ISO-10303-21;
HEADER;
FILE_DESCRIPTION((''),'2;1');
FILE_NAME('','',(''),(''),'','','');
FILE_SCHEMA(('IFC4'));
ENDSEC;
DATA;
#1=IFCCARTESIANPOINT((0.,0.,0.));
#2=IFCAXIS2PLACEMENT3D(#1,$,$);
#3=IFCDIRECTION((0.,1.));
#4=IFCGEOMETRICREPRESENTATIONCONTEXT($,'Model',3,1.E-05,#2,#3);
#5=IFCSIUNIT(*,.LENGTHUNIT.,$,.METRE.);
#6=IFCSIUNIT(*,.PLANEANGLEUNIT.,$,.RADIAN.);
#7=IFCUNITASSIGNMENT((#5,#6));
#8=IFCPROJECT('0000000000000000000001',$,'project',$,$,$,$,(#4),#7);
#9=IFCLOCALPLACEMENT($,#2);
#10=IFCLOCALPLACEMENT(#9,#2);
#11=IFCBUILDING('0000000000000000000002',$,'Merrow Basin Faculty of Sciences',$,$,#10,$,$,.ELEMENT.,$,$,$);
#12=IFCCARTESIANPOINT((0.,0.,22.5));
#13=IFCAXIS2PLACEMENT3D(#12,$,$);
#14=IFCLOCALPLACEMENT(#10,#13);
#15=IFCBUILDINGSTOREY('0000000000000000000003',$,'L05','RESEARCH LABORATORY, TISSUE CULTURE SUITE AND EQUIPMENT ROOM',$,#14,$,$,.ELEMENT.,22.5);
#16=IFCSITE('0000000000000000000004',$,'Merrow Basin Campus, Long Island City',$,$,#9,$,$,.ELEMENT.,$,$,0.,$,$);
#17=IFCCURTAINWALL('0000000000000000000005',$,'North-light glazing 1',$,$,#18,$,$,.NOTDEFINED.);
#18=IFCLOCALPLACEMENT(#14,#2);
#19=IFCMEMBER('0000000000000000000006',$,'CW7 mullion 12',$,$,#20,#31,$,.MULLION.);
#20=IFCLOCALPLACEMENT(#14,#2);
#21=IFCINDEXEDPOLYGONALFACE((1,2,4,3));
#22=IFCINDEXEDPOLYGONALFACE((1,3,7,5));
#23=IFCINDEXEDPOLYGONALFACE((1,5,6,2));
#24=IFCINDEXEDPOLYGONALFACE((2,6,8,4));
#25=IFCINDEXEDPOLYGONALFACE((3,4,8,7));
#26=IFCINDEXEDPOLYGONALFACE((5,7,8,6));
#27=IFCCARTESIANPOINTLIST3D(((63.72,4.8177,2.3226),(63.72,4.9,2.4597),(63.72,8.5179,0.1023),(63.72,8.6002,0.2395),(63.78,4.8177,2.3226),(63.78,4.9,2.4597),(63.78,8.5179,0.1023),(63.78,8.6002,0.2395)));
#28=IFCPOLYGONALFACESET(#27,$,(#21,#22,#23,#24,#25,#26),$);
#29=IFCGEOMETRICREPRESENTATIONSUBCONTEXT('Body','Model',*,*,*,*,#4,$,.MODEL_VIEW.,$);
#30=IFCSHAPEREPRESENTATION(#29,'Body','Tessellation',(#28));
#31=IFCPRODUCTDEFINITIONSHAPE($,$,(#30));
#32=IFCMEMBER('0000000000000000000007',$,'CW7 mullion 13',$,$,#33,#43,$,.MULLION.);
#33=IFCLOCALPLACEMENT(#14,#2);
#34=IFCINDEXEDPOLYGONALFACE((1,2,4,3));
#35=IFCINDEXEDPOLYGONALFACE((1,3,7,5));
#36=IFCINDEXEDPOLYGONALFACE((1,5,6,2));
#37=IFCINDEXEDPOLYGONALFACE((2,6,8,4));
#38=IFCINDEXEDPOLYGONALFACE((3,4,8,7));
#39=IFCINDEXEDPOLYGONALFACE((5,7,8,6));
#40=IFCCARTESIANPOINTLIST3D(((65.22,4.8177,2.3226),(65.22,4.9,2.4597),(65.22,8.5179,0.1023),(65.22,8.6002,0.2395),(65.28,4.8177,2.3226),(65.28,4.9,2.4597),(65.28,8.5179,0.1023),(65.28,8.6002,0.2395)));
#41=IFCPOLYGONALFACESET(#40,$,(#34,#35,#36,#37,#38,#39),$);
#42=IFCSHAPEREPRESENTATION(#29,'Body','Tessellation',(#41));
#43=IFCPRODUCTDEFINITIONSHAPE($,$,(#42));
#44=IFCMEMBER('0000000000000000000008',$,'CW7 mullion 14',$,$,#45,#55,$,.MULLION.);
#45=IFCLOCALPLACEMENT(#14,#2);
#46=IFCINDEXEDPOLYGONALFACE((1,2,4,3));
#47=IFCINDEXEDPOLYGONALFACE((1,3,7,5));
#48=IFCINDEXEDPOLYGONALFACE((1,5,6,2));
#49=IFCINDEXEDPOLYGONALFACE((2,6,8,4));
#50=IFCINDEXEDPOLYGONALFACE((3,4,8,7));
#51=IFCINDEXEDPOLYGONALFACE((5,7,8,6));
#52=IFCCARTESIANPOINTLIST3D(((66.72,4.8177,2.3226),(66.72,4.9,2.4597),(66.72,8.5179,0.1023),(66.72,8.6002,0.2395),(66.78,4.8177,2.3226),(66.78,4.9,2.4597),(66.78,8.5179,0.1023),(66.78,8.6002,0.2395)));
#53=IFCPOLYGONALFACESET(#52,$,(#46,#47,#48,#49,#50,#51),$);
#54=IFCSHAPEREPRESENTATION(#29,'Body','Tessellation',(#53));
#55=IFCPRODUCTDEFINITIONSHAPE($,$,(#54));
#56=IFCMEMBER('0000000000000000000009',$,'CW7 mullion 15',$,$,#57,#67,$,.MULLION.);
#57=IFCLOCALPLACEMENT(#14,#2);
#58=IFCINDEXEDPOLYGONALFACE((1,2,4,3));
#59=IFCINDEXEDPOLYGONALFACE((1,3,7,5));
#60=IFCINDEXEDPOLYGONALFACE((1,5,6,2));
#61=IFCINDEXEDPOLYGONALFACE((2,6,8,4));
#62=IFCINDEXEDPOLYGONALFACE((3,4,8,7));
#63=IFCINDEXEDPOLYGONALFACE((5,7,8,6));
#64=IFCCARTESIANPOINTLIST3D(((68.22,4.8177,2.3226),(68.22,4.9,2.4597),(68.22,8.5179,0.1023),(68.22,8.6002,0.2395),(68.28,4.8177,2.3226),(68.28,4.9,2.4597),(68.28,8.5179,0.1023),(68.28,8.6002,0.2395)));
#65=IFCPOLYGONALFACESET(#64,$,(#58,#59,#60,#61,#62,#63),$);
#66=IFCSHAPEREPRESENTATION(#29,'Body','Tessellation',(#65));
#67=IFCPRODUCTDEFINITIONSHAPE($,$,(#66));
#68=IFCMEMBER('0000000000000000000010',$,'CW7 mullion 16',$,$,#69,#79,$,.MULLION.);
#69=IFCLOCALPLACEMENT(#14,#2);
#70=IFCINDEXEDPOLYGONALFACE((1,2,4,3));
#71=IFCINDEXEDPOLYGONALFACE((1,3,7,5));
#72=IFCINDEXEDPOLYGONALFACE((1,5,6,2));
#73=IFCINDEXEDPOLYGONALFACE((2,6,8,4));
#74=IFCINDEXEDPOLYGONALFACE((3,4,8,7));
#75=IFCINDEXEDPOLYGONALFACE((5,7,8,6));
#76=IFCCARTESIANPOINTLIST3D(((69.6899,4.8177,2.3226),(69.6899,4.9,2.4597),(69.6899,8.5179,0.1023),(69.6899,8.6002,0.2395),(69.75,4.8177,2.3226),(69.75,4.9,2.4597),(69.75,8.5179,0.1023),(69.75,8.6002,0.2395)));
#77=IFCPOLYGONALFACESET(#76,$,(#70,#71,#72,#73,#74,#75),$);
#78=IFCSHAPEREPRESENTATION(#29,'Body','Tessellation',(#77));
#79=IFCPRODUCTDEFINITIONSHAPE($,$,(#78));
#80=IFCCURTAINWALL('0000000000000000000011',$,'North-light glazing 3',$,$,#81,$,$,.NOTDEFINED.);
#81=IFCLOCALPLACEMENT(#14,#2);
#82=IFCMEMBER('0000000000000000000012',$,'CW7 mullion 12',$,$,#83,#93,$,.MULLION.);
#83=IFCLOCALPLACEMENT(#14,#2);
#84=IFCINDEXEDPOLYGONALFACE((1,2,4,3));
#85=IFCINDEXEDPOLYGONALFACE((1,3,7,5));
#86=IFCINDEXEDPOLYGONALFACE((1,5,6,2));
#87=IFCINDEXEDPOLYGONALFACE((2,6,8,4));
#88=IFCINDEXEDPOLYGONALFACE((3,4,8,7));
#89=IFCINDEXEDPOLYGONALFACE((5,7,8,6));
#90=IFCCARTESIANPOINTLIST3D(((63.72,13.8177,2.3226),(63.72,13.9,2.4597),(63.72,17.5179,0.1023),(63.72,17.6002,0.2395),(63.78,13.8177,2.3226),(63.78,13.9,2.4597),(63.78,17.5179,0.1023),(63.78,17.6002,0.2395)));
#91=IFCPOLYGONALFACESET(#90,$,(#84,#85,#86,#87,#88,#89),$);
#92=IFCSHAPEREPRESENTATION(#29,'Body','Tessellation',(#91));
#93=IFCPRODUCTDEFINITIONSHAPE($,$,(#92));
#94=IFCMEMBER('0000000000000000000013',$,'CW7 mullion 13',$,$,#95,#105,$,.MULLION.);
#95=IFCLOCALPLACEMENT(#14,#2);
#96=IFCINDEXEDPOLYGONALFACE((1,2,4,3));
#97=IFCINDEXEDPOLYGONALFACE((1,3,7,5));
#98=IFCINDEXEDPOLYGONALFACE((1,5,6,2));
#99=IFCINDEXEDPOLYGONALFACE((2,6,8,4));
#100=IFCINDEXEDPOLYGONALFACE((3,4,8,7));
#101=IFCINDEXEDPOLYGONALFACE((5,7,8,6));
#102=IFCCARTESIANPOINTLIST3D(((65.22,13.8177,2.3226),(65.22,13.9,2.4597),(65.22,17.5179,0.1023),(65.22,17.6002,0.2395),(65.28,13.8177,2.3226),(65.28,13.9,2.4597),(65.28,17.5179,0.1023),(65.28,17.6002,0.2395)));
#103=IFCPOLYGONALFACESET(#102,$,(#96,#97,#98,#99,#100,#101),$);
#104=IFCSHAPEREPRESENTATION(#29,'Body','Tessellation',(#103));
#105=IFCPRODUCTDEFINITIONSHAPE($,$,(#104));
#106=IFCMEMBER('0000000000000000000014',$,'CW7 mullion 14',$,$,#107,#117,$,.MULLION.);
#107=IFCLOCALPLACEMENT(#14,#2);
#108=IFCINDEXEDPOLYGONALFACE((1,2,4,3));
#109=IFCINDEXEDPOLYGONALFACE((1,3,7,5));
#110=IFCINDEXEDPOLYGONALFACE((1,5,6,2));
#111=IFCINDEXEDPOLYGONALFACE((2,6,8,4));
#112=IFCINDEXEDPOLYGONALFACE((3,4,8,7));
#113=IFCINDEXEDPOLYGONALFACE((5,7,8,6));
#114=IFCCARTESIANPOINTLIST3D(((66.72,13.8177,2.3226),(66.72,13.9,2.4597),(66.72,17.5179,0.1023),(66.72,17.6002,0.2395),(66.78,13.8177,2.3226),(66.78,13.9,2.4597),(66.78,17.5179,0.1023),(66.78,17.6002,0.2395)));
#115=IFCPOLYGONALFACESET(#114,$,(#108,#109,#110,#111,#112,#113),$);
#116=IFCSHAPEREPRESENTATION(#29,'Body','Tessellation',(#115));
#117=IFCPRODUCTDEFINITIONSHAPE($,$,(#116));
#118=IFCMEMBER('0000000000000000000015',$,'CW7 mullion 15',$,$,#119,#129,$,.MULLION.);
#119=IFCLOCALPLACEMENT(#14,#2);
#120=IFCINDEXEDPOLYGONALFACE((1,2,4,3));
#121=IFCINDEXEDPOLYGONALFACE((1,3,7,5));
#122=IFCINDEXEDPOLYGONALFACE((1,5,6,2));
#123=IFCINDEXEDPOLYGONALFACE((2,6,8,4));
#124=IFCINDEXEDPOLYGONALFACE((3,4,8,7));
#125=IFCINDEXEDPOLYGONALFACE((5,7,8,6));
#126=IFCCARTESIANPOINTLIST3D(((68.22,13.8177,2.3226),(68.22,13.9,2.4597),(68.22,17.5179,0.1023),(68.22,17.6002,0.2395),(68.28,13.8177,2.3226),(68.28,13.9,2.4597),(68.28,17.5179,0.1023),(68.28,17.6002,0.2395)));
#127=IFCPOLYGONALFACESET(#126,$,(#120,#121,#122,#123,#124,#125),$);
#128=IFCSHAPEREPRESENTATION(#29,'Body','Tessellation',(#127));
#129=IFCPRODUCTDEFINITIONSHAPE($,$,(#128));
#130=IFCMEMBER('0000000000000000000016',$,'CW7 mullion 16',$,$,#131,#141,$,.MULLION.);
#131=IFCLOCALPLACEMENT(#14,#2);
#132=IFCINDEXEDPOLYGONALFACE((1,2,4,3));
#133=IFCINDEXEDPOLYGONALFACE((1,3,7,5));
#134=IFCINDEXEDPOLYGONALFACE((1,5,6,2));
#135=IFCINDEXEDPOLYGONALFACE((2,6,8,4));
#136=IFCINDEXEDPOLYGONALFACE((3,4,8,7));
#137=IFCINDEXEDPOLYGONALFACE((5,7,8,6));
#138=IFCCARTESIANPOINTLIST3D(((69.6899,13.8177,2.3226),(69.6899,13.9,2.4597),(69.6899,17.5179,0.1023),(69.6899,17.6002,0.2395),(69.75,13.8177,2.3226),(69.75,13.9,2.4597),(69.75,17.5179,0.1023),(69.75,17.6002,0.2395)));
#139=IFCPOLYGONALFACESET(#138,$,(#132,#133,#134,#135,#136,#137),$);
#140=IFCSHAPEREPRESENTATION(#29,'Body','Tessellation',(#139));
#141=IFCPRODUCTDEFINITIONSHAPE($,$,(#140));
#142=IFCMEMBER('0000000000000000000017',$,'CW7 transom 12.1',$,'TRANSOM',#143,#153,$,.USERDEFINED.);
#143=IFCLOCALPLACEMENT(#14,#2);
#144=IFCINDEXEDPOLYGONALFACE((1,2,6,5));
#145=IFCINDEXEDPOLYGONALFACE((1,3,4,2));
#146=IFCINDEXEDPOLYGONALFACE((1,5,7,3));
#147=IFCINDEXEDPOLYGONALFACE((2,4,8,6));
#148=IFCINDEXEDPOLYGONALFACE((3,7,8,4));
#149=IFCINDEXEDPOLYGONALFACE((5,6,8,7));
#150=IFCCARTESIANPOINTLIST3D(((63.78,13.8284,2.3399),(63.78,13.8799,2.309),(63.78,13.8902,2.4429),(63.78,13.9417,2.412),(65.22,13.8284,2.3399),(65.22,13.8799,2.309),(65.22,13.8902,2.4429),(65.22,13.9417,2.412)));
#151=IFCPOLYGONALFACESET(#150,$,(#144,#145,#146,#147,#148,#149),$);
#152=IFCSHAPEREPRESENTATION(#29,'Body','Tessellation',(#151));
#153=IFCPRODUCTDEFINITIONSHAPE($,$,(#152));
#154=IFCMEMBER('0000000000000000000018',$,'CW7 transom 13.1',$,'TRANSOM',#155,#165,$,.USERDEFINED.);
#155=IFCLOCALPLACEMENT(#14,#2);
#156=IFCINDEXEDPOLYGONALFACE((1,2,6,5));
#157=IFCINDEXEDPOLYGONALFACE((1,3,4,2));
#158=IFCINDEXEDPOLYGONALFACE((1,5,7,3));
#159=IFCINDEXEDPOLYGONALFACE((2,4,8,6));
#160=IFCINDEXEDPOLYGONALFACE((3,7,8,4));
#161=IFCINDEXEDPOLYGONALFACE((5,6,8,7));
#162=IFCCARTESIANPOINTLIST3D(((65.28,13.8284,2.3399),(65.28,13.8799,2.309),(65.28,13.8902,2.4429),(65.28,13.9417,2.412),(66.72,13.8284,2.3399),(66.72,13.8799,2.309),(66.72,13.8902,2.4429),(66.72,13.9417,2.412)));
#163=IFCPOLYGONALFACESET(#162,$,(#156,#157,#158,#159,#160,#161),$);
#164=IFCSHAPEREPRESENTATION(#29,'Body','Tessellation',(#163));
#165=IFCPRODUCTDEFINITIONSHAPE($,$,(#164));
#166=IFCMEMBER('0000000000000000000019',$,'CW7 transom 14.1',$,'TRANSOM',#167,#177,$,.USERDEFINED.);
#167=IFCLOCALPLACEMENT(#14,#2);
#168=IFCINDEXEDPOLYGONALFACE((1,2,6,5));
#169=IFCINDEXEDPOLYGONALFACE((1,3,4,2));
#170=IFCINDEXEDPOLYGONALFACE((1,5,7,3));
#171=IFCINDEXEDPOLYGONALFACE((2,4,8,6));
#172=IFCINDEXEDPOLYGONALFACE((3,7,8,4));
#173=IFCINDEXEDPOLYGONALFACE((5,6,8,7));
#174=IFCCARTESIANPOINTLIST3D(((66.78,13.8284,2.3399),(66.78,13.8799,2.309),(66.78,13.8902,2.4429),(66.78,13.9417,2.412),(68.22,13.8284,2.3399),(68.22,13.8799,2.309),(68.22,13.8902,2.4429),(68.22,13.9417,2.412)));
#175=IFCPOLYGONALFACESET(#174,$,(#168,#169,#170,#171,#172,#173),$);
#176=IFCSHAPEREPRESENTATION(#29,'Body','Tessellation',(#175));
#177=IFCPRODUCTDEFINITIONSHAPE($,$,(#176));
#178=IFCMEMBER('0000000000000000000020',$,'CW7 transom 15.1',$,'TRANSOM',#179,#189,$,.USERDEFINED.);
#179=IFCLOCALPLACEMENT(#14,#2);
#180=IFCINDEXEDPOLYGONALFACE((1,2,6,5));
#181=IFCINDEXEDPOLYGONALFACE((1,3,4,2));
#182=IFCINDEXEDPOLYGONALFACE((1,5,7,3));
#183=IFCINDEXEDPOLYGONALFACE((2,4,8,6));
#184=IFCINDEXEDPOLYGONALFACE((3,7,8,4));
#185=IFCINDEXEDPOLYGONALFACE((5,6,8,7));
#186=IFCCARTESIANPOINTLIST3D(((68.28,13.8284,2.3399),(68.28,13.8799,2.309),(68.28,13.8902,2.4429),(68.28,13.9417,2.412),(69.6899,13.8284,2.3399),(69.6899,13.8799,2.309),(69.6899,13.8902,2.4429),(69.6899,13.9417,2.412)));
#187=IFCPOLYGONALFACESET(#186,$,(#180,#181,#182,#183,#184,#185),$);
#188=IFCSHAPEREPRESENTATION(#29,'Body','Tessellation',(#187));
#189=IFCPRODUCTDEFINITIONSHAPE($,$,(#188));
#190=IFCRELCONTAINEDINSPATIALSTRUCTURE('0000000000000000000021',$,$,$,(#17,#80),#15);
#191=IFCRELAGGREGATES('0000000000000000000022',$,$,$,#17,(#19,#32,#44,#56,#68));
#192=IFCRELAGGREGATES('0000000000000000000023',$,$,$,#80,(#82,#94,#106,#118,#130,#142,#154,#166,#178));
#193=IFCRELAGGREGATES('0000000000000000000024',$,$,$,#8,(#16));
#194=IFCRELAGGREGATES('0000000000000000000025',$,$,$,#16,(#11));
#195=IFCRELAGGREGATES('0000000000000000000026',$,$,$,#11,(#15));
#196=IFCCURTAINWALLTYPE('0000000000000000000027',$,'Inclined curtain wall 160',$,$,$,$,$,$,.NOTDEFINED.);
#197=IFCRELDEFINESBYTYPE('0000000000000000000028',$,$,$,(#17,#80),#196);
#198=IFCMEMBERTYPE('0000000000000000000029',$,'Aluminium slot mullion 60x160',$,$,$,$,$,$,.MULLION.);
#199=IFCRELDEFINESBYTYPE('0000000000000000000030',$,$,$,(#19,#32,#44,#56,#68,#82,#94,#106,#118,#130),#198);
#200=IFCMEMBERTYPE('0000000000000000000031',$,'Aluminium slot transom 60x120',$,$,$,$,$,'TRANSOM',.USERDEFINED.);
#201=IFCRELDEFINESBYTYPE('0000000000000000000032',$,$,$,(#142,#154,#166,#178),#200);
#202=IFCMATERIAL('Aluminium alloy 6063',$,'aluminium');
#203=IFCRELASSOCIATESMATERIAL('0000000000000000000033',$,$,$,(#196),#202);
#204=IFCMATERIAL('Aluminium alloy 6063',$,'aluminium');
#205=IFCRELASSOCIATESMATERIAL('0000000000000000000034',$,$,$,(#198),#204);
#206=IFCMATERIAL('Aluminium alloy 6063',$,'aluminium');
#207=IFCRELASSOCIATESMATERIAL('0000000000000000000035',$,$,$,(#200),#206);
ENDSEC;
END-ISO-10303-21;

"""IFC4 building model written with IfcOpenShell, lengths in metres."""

from ifc_helpers import new_model, si_unit, direction, frame, origin, origin_2d, place, context, subcontext, project, spatial, rectangle, extrude, material, material_profile, profile_set, type_object, element, aggregate, save


model = new_model("IFC4")

# Units and contexts
model_context = context("Model", 3, precision=1e-05, world=origin(), true_north=direction((0.0, 1.0)))
body_context = subcontext(model_context, "Body", "Model", "MODEL_VIEW")
ifc_project = project(units=[si_unit("LENGTHUNIT", "METRE"), si_unit("PLANEANGLEUNIT", "RADIAN")], contexts=[model_context])

# Site, building, storey
site_placement = place(None, origin())
site = spatial("IfcSite", under=ifc_project, at=site_placement, Name="Merrow Basin Campus, Long Island City", CompositionType="ELEMENT", RefElevation=0.0)
building_placement = place(site_placement, origin())
building = spatial("IfcBuilding", under=site, at=building_placement, Name="Merrow Basin Faculty of Sciences", CompositionType="ELEMENT")
storey_placement = place(building_placement, frame((0.0, 0.0, 22.5)))
storey = spatial("IfcBuildingStorey", under=building, at=storey_placement, Name="L05", Description="RESEARCH LABORATORY, TISSUE CULTURE SUITE AND EQUIPMENT ROOM", CompositionType="ELEMENT", Elevation=22.5)

# Curtain walls, members
ifc_material_1 = material(Name="Aluminium alloy 6063", Category="aluminium")
curtain_wall_type = type_object("IfcCurtainWallType", Name="Inclined curtain wall 160", PredefinedType="NOTDEFINED", material=ifc_material_1)
curtain_wall_1_placement = place(storey_placement, origin())
curtain_wall_1 = element("IfcCurtainWall", 1, at=curtain_wall_1_placement, inside=storey, type_object=curtain_wall_type, Name="North-light glazing 1", PredefinedType="NOTDEFINED")
ifc_material_2 = material(Name="Aluminium alloy 6063", Category="aluminium")
ifc_material_profile_1 = material_profile(ifc_material_2, rectangle(XDim=0.0601, YDim=0.1599, at=origin_2d()))
ifc_profile_set_1 = profile_set([ifc_material_profile_1], Name="Aluminium alloy 6063")
member_type_1 = type_object("IfcMemberType", Name="Aluminium slot mullion 60x160", PredefinedType="MULLION", material=ifc_profile_set_1)
member_1_placement = place(storey_placement, frame((63.75, 4.8589, 2.3911), z_axis=(0.0, 0.857483, -0.514512), x_axis=(-1.0, 0.0, 0.0)))
member_1 = element("IfcMember", 2, at=member_1_placement, type_object=member_type_1, Name="CW7 mullion 12", PredefinedType="MULLION", context=body_context, shape_type="SweptSolid", body=[
    extrude(rectangle(XDim=0.0601, YDim=0.1599, at=origin_2d()), origin(), (0.0, 0.0, 1.0), 4.3152),
])
member_2_placement = place(storey_placement, frame((65.25, 4.8589, 2.3911), z_axis=(0.0, 0.857483, -0.514512), x_axis=(-1.0, 0.0, 0.0)))
member_2 = element("IfcMember", 3, at=member_2_placement, type_object=member_type_1, Name="CW7 mullion 13", PredefinedType="MULLION", context=body_context, shape_type="SweptSolid", body=[
    extrude(rectangle(XDim=0.0601, YDim=0.1599, at=origin_2d()), origin(), (0.0, 0.0, 1.0), 4.3152),
])
member_3_placement = place(storey_placement, frame((66.75, 4.8589, 2.3911), z_axis=(0.0, 0.857483, -0.514512), x_axis=(-1.0, 0.0, 0.0)))
member_3 = element("IfcMember", 4, at=member_3_placement, type_object=member_type_1, Name="CW7 mullion 14", PredefinedType="MULLION", context=body_context, shape_type="SweptSolid", body=[
    extrude(rectangle(XDim=0.0601, YDim=0.1599, at=origin_2d()), origin(), (0.0, 0.0, 1.0), 4.3152),
])
member_4_placement = place(storey_placement, frame((68.25, 4.8589, 2.3911), z_axis=(0.0, 0.857483, -0.514512), x_axis=(-1.0, 0.0, 0.0)))
member_4 = element("IfcMember", 5, at=member_4_placement, type_object=member_type_1, Name="CW7 mullion 15", PredefinedType="MULLION", context=body_context, shape_type="SweptSolid", body=[
    extrude(rectangle(XDim=0.0601, YDim=0.1599, at=origin_2d()), origin(), (0.0, 0.0, 1.0), 4.3152),
])
member_5_placement = place(storey_placement, frame((69.72, 4.8589, 2.3911), z_axis=(0.0, 0.857483, -0.514512), x_axis=(-1.0, 0.0, 0.0)))
member_5 = element("IfcMember", 6, at=member_5_placement, type_object=member_type_1, Name="CW7 mullion 16", PredefinedType="MULLION", context=body_context, shape_type="SweptSolid", body=[
    extrude(rectangle(XDim=0.0601, YDim=0.1599, at=origin_2d()), origin(), (0.0, 0.0, 1.0), 4.3152),
])
curtain_wall_2_placement = place(storey_placement, origin())
curtain_wall_2 = element("IfcCurtainWall", 7, at=curtain_wall_2_placement, inside=storey, type_object=curtain_wall_type, Name="North-light glazing 3", PredefinedType="NOTDEFINED")
member_6_placement = place(storey_placement, frame((63.75, 13.8589, 2.3911), z_axis=(0.0, 0.857483, -0.514512), x_axis=(-1.0, 0.0, 0.0)))
member_6 = element("IfcMember", 8, at=member_6_placement, type_object=member_type_1, Name="CW7 mullion 12", PredefinedType="MULLION", context=body_context, shape_type="SweptSolid", body=[
    extrude(rectangle(XDim=0.0601, YDim=0.1599, at=origin_2d()), origin(), (0.0, 0.0, 1.0), 4.3152),
])
member_7_placement = place(storey_placement, frame((65.25, 13.8589, 2.3911), z_axis=(0.0, 0.857483, -0.514512), x_axis=(-1.0, 0.0, 0.0)))
member_7 = element("IfcMember", 9, at=member_7_placement, type_object=member_type_1, Name="CW7 mullion 13", PredefinedType="MULLION", context=body_context, shape_type="SweptSolid", body=[
    extrude(rectangle(XDim=0.0601, YDim=0.1599, at=origin_2d()), origin(), (0.0, 0.0, 1.0), 4.3152),
])
member_8_placement = place(storey_placement, frame((66.75, 13.8589, 2.3911), z_axis=(0.0, 0.857483, -0.514512), x_axis=(-1.0, 0.0, 0.0)))
member_8 = element("IfcMember", 10, at=member_8_placement, type_object=member_type_1, Name="CW7 mullion 14", PredefinedType="MULLION", context=body_context, shape_type="SweptSolid", body=[
    extrude(rectangle(XDim=0.0601, YDim=0.1599, at=origin_2d()), origin(), (0.0, 0.0, 1.0), 4.3152),
])
member_9_placement = place(storey_placement, frame((68.25, 13.8589, 2.3911), z_axis=(0.0, 0.857483, -0.514512), x_axis=(-1.0, 0.0, 0.0)))
member_9 = element("IfcMember", 11, at=member_9_placement, type_object=member_type_1, Name="CW7 mullion 15", PredefinedType="MULLION", context=body_context, shape_type="SweptSolid", body=[
    extrude(rectangle(XDim=0.0601, YDim=0.1599, at=origin_2d()), origin(), (0.0, 0.0, 1.0), 4.3152),
])
member_10_placement = place(storey_placement, frame((69.72, 13.8589, 2.3911), z_axis=(0.0, 0.857483, -0.514512), x_axis=(-1.0, 0.0, 0.0)))
member_10 = element("IfcMember", 12, at=member_10_placement, type_object=member_type_1, Name="CW7 mullion 16", PredefinedType="MULLION", context=body_context, shape_type="SweptSolid", body=[
    extrude(rectangle(XDim=0.0601, YDim=0.1599, at=origin_2d()), origin(), (0.0, 0.0, 1.0), 4.3152),
])
ifc_material_3 = material(Name="Aluminium alloy 6063", Category="aluminium")
ifc_material_profile_2 = material_profile(ifc_material_3, rectangle(XDim=0.0601, YDim=0.1201, at=origin_2d()))
ifc_profile_set_2 = profile_set([ifc_material_profile_2], Name="Aluminium alloy 6063")
member_type_2 = type_object("IfcMemberType", Name="Aluminium slot transom 60x120", ElementType="TRANSOM", PredefinedType="USERDEFINED", material=ifc_profile_set_2)
member_11_placement = place(storey_placement, frame((63.78, 13.885, 2.376), z_axis=(1.0, 0.0, 0.0), x_axis=(0.0, 0.857493, -0.514496)))
member_11 = element("IfcMember", 13, at=member_11_placement, type_object=member_type_2, Name="CW7 transom 12.1", ObjectType="TRANSOM", PredefinedType="USERDEFINED", context=body_context, shape_type="SweptSolid", body=[
    extrude(rectangle(XDim=0.0601, YDim=0.1201, at=origin_2d()), origin(), (0.0, 0.0, 1.0), 1.4399),
])
member_12_placement = place(storey_placement, frame((65.28, 13.885, 2.376), z_axis=(1.0, 0.0, 0.0), x_axis=(0.0, 0.857493, -0.514496)))
member_12 = element("IfcMember", 14, at=member_12_placement, type_object=member_type_2, Name="CW7 transom 13.1", ObjectType="TRANSOM", PredefinedType="USERDEFINED", context=body_context, shape_type="SweptSolid", body=[
    extrude(rectangle(XDim=0.0601, YDim=0.1201, at=origin_2d()), origin(), (0.0, 0.0, 1.0), 1.4399),
])
member_13_placement = place(storey_placement, frame((66.78, 13.885, 2.376), z_axis=(1.0, 0.0, 0.0), x_axis=(0.0, 0.857493, -0.514496)))
member_13 = element("IfcMember", 15, at=member_13_placement, type_object=member_type_2, Name="CW7 transom 14.1", ObjectType="TRANSOM", PredefinedType="USERDEFINED", context=body_context, shape_type="SweptSolid", body=[
    extrude(rectangle(XDim=0.0601, YDim=0.1201, at=origin_2d()), origin(), (0.0, 0.0, 1.0), 1.4399),
])
member_14_placement = place(storey_placement, frame((68.28, 13.885, 2.376), z_axis=(1.0, 0.0, 0.0), x_axis=(0.0, 0.857493, -0.514496)))
member_14 = element("IfcMember", 16, at=member_14_placement, type_object=member_type_2, Name="CW7 transom 15.1", ObjectType="TRANSOM", PredefinedType="USERDEFINED", context=body_context, shape_type="SweptSolid", body=[
    extrude(rectangle(XDim=0.0601, YDim=0.1201, at=origin_2d()), origin(), (0.0, 0.0, 1.0), 1.4099),
])

aggregate(curtain_wall_1, [member_1, member_2, member_3, member_4, member_5])
aggregate(curtain_wall_2, [member_6, member_7, member_8, member_9, member_10, member_11, member_12, member_13, member_14])

save(model, "model.ifc")
